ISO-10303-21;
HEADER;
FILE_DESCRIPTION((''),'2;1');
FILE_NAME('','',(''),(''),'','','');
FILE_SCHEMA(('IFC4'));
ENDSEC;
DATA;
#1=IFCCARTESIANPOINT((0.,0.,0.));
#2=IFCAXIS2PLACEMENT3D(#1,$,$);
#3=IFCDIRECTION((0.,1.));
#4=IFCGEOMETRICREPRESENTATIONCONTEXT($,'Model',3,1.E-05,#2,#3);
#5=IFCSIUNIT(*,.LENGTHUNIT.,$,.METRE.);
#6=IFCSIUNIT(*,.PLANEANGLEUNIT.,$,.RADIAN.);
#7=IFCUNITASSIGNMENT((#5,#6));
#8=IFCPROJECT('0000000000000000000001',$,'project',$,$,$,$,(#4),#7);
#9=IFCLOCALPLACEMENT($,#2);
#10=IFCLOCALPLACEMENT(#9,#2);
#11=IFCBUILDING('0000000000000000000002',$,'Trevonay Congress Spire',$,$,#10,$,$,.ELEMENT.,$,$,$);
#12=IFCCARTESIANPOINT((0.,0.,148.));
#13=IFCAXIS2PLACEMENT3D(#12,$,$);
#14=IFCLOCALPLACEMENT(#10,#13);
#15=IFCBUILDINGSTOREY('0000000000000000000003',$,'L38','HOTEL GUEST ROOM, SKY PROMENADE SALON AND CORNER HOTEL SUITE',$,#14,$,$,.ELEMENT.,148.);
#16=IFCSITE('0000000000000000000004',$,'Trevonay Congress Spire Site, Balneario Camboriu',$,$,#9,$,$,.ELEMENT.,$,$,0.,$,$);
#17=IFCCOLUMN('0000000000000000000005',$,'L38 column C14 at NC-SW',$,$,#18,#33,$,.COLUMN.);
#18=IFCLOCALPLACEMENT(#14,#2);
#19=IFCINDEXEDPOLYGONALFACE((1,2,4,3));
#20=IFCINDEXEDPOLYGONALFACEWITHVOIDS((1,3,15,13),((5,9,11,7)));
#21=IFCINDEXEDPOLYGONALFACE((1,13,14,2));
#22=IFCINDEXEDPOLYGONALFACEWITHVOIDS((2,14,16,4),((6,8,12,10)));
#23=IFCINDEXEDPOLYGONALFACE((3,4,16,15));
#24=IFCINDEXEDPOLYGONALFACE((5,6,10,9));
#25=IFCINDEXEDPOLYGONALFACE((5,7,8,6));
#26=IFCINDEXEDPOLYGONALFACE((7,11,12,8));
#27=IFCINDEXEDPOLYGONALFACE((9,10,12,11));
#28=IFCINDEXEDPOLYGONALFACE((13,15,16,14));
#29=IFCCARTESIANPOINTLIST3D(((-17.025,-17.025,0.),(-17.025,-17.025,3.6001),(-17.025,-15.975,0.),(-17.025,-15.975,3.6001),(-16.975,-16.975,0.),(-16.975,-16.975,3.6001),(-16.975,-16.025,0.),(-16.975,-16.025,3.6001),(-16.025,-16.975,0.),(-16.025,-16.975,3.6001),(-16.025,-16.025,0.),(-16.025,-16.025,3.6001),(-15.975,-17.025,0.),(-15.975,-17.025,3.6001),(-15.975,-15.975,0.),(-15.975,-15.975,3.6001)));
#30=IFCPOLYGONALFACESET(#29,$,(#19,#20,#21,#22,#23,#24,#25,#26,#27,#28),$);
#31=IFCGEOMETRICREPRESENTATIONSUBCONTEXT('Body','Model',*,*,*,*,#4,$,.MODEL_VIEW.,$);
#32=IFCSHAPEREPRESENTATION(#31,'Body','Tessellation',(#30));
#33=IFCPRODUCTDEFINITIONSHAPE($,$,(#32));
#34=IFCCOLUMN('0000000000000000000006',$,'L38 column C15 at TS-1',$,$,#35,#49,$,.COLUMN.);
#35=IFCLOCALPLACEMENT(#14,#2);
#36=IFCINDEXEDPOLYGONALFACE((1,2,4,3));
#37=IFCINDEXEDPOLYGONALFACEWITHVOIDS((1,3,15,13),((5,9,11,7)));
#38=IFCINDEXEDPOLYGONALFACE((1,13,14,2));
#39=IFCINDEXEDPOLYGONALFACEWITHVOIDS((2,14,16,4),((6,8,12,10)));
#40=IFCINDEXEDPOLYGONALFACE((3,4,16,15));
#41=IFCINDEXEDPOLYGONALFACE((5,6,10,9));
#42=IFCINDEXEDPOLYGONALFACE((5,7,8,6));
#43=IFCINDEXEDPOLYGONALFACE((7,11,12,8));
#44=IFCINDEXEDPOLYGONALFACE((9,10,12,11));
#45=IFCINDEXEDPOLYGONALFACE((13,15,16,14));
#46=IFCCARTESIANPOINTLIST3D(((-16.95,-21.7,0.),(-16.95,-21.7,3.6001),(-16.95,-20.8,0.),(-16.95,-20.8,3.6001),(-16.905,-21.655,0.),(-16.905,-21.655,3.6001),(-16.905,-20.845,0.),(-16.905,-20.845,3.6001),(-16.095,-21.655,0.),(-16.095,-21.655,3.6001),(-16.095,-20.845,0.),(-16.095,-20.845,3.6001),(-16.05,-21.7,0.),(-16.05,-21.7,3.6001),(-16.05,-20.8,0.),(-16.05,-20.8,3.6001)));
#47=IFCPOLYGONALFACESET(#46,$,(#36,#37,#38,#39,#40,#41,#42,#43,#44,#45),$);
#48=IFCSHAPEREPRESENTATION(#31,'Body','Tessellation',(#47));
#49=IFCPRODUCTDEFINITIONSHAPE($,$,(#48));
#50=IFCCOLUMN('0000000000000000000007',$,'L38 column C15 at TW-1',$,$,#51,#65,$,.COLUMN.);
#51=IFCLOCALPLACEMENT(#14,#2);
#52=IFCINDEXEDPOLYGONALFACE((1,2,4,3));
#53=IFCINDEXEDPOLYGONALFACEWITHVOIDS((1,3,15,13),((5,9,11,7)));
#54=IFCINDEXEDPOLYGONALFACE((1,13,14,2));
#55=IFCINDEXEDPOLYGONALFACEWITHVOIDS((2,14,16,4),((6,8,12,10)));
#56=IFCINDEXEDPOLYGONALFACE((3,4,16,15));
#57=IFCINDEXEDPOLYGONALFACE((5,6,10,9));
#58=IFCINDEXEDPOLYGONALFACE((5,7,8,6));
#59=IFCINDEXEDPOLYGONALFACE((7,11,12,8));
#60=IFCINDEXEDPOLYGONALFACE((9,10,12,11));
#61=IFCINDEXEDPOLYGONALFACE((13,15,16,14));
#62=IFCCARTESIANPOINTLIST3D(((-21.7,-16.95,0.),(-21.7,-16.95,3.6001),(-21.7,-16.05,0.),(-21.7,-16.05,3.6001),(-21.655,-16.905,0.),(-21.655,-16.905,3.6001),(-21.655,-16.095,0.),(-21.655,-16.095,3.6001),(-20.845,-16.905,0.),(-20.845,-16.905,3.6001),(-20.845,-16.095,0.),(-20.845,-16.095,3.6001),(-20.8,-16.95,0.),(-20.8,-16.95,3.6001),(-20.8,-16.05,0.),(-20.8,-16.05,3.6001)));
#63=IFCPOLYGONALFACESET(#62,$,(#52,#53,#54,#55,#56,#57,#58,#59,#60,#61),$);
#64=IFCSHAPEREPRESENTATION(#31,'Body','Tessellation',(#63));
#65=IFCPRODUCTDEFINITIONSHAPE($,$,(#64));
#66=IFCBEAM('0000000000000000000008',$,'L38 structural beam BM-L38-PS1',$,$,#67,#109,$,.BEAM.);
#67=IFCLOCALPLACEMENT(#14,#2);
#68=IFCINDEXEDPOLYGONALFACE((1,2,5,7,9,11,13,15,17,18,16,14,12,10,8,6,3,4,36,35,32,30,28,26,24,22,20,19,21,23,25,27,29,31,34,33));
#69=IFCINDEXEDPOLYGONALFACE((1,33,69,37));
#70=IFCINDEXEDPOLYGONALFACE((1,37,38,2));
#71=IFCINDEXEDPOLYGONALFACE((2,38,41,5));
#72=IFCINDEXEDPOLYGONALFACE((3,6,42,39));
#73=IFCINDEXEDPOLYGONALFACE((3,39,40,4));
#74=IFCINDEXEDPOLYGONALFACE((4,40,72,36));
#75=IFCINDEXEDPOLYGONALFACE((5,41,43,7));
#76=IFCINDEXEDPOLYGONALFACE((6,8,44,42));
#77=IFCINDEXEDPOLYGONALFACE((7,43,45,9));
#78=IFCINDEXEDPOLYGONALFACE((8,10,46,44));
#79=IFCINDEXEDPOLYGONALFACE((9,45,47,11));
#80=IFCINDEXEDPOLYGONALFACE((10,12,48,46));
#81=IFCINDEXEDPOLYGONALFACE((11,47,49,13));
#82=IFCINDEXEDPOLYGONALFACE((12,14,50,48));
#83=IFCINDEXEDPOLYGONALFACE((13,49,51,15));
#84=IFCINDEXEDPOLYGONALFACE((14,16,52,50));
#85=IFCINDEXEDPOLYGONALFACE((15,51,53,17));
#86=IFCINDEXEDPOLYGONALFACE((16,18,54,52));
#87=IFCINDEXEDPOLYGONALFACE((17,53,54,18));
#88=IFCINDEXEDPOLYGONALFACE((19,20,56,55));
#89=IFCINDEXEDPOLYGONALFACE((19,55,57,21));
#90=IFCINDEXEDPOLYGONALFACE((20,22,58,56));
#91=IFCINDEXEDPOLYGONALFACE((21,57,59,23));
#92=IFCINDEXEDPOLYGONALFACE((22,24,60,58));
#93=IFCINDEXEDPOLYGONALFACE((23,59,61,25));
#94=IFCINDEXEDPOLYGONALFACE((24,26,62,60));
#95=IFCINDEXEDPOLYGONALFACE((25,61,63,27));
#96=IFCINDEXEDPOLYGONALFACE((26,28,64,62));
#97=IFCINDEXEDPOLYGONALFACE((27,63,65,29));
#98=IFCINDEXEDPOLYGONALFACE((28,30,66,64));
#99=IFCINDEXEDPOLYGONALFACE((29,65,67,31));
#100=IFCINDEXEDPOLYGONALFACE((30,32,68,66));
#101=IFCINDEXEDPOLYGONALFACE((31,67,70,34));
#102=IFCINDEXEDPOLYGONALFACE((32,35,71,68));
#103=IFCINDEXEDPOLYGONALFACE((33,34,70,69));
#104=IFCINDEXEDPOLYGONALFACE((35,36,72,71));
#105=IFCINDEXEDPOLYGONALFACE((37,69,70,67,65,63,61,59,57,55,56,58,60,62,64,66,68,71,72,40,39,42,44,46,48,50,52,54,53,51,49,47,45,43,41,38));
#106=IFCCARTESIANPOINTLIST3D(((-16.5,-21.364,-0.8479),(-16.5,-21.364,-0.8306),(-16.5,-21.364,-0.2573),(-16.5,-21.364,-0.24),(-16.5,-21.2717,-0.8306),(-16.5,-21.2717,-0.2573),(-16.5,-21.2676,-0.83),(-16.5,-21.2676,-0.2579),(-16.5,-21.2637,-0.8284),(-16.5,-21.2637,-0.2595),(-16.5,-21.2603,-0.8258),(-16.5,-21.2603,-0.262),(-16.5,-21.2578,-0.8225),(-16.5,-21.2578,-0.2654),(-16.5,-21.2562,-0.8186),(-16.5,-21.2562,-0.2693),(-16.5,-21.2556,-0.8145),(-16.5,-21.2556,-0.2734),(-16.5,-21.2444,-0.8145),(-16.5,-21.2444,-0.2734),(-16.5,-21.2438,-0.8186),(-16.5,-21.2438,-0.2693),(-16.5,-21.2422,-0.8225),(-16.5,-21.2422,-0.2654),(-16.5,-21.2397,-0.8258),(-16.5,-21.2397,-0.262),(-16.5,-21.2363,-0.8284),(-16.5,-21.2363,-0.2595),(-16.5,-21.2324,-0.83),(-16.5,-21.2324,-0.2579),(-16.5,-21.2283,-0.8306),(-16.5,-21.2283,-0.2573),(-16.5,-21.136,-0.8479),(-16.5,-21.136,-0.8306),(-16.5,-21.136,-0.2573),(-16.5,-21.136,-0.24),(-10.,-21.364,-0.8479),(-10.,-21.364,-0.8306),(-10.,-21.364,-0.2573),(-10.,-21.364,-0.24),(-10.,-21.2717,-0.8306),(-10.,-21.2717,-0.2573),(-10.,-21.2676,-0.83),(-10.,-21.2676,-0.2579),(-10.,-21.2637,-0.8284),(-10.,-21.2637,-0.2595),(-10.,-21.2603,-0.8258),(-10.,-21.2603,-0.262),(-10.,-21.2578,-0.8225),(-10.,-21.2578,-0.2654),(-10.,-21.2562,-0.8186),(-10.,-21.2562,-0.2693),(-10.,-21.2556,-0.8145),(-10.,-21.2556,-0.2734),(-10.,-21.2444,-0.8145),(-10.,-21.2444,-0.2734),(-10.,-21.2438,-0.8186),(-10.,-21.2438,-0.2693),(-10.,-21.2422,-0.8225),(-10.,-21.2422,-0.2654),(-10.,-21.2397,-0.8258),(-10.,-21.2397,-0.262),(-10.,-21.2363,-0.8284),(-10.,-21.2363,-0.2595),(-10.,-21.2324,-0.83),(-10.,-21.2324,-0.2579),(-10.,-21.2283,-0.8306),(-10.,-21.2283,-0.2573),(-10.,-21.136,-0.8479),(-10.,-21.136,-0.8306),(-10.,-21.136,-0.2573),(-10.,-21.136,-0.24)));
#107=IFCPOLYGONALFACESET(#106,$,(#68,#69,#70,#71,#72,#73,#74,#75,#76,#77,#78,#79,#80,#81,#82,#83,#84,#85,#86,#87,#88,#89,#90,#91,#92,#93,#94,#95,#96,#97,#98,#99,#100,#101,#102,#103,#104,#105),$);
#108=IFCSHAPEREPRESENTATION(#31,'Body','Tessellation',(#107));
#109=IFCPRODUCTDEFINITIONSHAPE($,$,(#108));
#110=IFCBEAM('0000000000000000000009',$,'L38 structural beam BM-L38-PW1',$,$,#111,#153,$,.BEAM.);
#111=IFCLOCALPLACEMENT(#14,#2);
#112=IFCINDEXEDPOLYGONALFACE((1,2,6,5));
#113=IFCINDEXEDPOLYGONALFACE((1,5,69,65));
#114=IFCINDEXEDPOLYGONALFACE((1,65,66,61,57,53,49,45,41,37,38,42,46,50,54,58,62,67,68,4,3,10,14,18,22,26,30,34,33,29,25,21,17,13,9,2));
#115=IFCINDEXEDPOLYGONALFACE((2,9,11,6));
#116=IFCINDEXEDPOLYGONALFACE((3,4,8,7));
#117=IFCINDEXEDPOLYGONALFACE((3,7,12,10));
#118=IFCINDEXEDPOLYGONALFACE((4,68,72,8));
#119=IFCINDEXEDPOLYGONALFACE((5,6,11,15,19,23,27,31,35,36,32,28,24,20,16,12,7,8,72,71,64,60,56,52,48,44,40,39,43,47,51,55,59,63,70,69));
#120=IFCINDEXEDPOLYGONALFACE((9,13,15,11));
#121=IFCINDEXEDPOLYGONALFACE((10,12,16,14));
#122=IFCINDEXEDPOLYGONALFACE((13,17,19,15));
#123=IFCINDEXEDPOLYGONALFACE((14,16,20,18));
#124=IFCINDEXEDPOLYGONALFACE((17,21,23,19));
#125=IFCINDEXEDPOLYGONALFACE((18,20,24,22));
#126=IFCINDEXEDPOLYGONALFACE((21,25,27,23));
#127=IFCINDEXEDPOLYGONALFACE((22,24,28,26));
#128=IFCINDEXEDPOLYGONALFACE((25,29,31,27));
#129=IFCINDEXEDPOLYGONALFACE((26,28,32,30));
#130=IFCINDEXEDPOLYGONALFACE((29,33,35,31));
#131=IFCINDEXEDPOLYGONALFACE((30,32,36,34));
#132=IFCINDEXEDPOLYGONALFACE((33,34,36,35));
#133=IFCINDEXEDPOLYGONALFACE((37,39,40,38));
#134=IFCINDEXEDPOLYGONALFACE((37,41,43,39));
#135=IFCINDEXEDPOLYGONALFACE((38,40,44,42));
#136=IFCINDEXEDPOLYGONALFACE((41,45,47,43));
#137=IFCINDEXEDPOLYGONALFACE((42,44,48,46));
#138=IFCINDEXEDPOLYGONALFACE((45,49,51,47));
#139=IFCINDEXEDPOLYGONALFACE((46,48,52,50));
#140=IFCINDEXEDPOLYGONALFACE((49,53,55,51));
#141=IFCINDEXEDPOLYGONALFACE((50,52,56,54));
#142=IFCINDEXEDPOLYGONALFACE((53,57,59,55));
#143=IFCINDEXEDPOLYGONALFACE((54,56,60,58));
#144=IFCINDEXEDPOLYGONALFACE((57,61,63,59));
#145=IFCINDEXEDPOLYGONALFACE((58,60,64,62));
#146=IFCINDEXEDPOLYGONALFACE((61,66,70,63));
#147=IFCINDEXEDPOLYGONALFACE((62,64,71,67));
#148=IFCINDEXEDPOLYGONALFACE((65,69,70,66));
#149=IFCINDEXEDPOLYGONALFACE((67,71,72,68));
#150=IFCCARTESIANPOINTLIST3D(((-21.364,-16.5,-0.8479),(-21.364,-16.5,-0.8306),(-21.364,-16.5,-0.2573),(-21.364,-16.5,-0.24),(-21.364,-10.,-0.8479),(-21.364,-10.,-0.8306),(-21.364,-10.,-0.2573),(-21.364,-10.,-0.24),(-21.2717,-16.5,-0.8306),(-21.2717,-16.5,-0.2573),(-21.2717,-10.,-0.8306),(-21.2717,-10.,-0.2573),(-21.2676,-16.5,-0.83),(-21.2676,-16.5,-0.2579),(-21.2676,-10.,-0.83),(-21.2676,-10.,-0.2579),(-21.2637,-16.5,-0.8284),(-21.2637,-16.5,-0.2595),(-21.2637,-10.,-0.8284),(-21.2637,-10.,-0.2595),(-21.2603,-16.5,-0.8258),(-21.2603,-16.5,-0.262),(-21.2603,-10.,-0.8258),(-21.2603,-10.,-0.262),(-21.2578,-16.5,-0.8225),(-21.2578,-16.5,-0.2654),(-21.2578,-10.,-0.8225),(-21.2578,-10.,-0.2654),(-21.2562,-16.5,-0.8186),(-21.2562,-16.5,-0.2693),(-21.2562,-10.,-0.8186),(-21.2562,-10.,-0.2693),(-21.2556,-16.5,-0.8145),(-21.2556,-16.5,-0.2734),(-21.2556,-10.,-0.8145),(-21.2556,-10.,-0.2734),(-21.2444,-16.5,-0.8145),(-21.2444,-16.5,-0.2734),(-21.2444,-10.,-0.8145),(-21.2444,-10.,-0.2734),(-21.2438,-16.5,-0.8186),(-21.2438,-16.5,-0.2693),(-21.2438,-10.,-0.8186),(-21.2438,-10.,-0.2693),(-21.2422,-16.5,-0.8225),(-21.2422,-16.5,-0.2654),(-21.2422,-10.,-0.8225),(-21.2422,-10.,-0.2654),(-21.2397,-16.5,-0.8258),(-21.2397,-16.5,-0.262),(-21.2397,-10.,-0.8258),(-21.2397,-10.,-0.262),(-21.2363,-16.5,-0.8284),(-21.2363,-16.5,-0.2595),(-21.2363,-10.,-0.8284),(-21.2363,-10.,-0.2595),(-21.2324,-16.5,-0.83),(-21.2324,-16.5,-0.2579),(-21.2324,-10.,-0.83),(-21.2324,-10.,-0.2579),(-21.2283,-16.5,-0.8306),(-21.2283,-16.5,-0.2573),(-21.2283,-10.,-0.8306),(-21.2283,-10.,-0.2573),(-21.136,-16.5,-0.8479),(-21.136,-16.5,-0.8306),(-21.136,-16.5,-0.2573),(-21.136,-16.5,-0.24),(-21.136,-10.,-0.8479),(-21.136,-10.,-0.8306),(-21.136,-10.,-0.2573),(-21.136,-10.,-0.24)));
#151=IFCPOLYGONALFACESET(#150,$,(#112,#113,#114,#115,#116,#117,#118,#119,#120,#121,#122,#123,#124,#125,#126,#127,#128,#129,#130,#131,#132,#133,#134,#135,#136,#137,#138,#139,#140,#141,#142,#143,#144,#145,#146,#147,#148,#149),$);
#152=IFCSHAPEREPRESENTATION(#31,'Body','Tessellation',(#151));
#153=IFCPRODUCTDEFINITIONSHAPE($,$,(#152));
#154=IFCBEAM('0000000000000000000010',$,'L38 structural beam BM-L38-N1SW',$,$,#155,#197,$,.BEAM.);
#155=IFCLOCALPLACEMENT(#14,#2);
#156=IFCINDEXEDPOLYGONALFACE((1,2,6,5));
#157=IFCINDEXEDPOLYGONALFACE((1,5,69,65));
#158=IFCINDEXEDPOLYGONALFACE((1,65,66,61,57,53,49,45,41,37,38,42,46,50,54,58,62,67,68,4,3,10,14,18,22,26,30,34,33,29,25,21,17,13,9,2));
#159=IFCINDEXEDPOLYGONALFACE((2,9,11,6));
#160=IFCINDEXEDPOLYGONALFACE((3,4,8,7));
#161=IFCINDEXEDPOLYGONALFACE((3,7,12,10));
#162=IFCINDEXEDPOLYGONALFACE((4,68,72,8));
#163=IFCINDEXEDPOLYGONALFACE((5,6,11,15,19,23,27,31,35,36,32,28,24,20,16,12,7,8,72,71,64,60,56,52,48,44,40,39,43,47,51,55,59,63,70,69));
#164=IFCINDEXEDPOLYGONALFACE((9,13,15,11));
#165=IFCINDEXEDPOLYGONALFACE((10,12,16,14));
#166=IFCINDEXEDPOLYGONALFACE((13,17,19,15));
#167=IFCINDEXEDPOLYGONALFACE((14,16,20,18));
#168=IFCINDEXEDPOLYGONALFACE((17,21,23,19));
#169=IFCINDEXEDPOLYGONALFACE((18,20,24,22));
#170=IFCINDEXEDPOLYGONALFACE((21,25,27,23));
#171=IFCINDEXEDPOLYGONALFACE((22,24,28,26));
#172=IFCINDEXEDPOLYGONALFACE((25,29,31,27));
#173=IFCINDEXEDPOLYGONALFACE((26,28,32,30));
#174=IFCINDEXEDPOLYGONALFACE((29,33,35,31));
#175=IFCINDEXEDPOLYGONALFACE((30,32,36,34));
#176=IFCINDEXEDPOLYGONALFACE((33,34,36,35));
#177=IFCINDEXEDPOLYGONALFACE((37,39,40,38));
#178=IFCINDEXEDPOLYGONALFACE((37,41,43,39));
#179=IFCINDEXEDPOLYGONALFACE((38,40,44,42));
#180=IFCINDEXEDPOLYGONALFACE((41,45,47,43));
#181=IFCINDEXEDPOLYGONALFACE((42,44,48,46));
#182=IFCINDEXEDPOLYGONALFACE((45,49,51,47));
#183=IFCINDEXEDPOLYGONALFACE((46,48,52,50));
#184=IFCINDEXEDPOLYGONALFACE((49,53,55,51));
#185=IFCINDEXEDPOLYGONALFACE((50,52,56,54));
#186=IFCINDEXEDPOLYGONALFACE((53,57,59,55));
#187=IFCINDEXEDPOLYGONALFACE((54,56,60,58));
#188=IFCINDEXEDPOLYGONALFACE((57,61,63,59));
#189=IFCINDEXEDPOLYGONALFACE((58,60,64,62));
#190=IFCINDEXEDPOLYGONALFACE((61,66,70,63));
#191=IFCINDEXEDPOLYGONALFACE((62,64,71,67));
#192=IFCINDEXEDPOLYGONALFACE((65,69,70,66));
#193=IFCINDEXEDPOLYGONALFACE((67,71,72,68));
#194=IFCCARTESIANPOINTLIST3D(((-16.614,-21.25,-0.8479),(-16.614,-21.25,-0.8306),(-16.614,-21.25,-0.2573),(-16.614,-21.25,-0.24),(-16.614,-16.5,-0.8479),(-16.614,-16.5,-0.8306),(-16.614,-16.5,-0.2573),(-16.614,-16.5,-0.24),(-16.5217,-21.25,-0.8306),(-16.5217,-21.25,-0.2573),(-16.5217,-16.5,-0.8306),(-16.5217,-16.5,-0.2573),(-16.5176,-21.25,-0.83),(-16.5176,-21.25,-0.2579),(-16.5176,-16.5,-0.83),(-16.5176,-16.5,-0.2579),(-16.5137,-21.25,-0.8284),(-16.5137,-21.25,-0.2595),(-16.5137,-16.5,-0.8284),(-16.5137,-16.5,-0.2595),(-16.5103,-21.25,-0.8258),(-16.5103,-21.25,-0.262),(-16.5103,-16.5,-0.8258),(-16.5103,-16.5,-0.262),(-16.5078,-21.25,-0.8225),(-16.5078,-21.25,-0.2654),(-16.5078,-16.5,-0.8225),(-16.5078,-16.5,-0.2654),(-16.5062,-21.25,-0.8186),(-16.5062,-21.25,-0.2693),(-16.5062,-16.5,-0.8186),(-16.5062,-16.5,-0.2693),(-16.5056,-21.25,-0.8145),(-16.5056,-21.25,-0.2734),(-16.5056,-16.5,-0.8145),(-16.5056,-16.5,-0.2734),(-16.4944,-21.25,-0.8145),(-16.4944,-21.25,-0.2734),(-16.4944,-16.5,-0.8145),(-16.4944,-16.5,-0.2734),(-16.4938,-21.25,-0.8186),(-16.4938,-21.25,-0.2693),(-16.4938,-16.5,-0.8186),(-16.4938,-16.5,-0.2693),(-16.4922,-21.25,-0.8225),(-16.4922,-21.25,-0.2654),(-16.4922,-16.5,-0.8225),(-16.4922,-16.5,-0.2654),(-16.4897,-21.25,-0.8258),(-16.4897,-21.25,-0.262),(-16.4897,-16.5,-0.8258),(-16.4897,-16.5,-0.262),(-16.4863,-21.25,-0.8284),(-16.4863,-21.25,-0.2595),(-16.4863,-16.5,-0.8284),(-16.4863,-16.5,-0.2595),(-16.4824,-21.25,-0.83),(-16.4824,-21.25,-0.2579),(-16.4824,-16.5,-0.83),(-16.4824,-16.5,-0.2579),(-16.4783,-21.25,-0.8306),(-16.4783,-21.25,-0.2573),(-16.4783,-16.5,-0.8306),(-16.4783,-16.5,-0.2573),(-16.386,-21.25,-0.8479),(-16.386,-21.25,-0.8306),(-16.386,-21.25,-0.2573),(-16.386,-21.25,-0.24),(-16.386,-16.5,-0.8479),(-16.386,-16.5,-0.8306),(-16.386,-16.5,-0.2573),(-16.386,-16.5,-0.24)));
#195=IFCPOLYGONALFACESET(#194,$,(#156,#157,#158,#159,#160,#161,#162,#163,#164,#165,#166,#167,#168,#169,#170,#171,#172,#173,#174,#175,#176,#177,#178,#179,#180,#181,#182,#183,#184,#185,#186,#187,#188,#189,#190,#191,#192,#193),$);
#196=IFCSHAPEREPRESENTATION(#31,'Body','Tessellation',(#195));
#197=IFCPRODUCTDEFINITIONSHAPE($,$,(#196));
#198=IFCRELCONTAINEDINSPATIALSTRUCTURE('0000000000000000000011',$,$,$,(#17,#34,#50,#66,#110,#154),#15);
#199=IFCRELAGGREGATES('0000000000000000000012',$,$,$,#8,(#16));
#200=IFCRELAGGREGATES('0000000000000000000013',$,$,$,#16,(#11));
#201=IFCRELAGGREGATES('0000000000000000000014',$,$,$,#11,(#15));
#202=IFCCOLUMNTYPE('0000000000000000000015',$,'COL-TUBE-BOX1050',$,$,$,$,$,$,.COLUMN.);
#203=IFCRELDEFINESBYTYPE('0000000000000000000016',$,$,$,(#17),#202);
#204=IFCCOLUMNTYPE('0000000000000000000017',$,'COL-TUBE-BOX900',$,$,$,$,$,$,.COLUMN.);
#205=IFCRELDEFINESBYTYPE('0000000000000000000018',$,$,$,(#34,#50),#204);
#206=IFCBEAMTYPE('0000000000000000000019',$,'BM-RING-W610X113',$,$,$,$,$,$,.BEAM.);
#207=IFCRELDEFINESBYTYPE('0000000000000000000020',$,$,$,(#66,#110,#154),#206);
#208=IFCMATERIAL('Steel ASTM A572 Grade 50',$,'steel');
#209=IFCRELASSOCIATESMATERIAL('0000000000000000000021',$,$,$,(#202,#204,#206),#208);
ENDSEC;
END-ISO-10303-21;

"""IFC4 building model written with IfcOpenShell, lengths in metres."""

from ifc_helpers import new_model, si_unit, direction, frame, origin, origin_2d, place, context, subcontext, project, spatial, hollow_rectangle, i_section, extrude, material, material_profile, profile_set, type_object, element, save


model = new_model("IFC4")

# Units and contexts
model_context = context("Model", 3, precision=1e-05, world=origin(), true_north=direction((0.0, 1.0)))
body_context = subcontext(model_context, "Body", "Model", "MODEL_VIEW")
ifc_project = project(units=[si_unit("LENGTHUNIT", "METRE"), si_unit("PLANEANGLEUNIT", "RADIAN")], contexts=[model_context])

# Site, building, storey
site_placement = place(None, origin())
site = spatial("IfcSite", under=ifc_project, at=site_placement, Name="Trevonay Congress Spire Site, Balneario Camboriu", CompositionType="ELEMENT", RefElevation=0.0)
building_placement = place(site_placement, origin())
building = spatial("IfcBuilding", under=site, at=building_placement, Name="Trevonay Congress Spire", CompositionType="ELEMENT")
storey_placement = place(building_placement, frame((0.0, 0.0, 148.0)))
storey = spatial("IfcBuildingStorey", under=building, at=storey_placement, Name="L38", Description="HOTEL GUEST ROOM, SKY PROMENADE SALON AND CORNER HOTEL SUITE", CompositionType="ELEMENT", Elevation=148.0)

# Columns
ifc_material_1 = material(Name="Steel ASTM A572 Grade 50", Category="steel")
ifc_material_profile_1 = material_profile(ifc_material_1, hollow_rectangle(XDim=1.05, YDim=1.05, WallThickness=0.05, at=origin_2d()), Name="BOX 1050x1050x50")
ifc_profile_set_1 = profile_set([ifc_material_profile_1], Name="Steel ASTM A572 Grade 50")
column_type_1 = type_object("IfcColumnType", Name="COL-TUBE-BOX1050", PredefinedType="COLUMN", material=ifc_profile_set_1)
column_placement = place(storey_placement, frame((-16.5, -16.5, 0.0), z_axis=(0.0, 0.0, 1.0), x_axis=(1.0, 0.0, 0.0)))
element("IfcColumn", 1, at=column_placement, inside=storey, type_object=column_type_1, Name="L38 column C14 at NC-SW", PredefinedType="COLUMN", context=body_context, shape_type="SweptSolid", body=[
    extrude(hollow_rectangle(XDim=1.05, YDim=1.05, WallThickness=0.05, at=origin_2d()), origin(), (0.0, 0.0, 1.0), 3.6001),
])
ifc_material_profile_2 = material_profile(ifc_material_1, hollow_rectangle(XDim=0.8999, YDim=0.8999, WallThickness=0.0449, at=origin_2d()), Name="BOX 900x900x45")
ifc_profile_set_2 = profile_set([ifc_material_profile_2], Name="Steel ASTM A572 Grade 50")
column_type_2 = type_object("IfcColumnType", Name="COL-TUBE-BOX900", PredefinedType="COLUMN", material=ifc_profile_set_2)
for number, where, z_axis, x_axis, name in (
    (2, (-16.5, -21.25, 0.0), (0.0, 0.0, 1.0), (1.0, 0.0, 0.0), "L38 column C15 at TS-1"),
    (3, (-21.25, -16.5, 0.0), (0.0, 0.0, 1.0), (1.0, 0.0, 0.0), "L38 column C15 at TW-1"),
):
    element("IfcColumn", number, at=place(storey_placement, frame(where, z_axis=z_axis, x_axis=x_axis)), inside=storey, type_object=column_type_2, Name=name, PredefinedType="COLUMN", context=body_context, shape_type="SweptSolid", body=[
        extrude(hollow_rectangle(XDim=0.8999, YDim=0.8999, WallThickness=0.0449, at=origin_2d()), origin(), (0.0, 0.0, 1.0), 3.6001),
    ])

# Beams
ifc_material_profile_3 = material_profile(ifc_material_1, i_section(OverallWidth=0.228, OverallDepth=0.6079, WebThickness=0.0112, FlangeThickness=0.0173, FilletRadius=0.0161, at=origin_2d()), Name="W610x113")
ifc_profile_set_3 = profile_set([ifc_material_profile_3], Name="Steel ASTM A572 Grade 50")
beam_type_1 = type_object("IfcBeamType", Name="BM-RING-W610X113", PredefinedType="BEAM", material=ifc_profile_set_3)
for number, where, z_axis, x_axis, name in (
    (4, (-16.5, -21.25, -0.5439), (1.0, 0.0, 0.0), (0.0, 1.0, 0.0), "L38 structural beam BM-L38-PS1"),
    (5, (-21.25, -16.5, -0.5439), (0.0, 1.0, 0.0), (-1.0, 0.0, 0.0), "L38 structural beam BM-L38-PW1"),
):
    element("IfcBeam", number, at=place(storey_placement, frame(where, z_axis=z_axis, x_axis=x_axis)), inside=storey, type_object=beam_type_1, Name=name, PredefinedType="BEAM", context=body_context, shape_type="SweptSolid", body=[
        extrude(i_section(OverallWidth=0.228, OverallDepth=0.6079, WebThickness=0.0112, FlangeThickness=0.0173, FilletRadius=0.0161, at=origin_2d()), origin(), (0.0, 0.0, 1.0), 6.5),
    ])
for number, where, z_axis, x_axis, name in (
    (6, (-16.5, -21.25, -0.5439), (0.0, 1.0, 0.0), (-1.0, 0.0, 0.0), "L38 structural beam BM-L38-N1SW"),
):
    element("IfcBeam", number, at=place(storey_placement, frame(where, z_axis=z_axis, x_axis=x_axis)), inside=storey, type_object=beam_type_1, Name=name, PredefinedType="BEAM", context=body_context, shape_type="SweptSolid", body=[
        extrude(i_section(OverallWidth=0.228, OverallDepth=0.6079, WebThickness=0.0112, FlangeThickness=0.0173, FilletRadius=0.0161, at=origin_2d()), origin(), (0.0, 0.0, 1.0), 4.75),
    ])

save(model, "model.ifc")
